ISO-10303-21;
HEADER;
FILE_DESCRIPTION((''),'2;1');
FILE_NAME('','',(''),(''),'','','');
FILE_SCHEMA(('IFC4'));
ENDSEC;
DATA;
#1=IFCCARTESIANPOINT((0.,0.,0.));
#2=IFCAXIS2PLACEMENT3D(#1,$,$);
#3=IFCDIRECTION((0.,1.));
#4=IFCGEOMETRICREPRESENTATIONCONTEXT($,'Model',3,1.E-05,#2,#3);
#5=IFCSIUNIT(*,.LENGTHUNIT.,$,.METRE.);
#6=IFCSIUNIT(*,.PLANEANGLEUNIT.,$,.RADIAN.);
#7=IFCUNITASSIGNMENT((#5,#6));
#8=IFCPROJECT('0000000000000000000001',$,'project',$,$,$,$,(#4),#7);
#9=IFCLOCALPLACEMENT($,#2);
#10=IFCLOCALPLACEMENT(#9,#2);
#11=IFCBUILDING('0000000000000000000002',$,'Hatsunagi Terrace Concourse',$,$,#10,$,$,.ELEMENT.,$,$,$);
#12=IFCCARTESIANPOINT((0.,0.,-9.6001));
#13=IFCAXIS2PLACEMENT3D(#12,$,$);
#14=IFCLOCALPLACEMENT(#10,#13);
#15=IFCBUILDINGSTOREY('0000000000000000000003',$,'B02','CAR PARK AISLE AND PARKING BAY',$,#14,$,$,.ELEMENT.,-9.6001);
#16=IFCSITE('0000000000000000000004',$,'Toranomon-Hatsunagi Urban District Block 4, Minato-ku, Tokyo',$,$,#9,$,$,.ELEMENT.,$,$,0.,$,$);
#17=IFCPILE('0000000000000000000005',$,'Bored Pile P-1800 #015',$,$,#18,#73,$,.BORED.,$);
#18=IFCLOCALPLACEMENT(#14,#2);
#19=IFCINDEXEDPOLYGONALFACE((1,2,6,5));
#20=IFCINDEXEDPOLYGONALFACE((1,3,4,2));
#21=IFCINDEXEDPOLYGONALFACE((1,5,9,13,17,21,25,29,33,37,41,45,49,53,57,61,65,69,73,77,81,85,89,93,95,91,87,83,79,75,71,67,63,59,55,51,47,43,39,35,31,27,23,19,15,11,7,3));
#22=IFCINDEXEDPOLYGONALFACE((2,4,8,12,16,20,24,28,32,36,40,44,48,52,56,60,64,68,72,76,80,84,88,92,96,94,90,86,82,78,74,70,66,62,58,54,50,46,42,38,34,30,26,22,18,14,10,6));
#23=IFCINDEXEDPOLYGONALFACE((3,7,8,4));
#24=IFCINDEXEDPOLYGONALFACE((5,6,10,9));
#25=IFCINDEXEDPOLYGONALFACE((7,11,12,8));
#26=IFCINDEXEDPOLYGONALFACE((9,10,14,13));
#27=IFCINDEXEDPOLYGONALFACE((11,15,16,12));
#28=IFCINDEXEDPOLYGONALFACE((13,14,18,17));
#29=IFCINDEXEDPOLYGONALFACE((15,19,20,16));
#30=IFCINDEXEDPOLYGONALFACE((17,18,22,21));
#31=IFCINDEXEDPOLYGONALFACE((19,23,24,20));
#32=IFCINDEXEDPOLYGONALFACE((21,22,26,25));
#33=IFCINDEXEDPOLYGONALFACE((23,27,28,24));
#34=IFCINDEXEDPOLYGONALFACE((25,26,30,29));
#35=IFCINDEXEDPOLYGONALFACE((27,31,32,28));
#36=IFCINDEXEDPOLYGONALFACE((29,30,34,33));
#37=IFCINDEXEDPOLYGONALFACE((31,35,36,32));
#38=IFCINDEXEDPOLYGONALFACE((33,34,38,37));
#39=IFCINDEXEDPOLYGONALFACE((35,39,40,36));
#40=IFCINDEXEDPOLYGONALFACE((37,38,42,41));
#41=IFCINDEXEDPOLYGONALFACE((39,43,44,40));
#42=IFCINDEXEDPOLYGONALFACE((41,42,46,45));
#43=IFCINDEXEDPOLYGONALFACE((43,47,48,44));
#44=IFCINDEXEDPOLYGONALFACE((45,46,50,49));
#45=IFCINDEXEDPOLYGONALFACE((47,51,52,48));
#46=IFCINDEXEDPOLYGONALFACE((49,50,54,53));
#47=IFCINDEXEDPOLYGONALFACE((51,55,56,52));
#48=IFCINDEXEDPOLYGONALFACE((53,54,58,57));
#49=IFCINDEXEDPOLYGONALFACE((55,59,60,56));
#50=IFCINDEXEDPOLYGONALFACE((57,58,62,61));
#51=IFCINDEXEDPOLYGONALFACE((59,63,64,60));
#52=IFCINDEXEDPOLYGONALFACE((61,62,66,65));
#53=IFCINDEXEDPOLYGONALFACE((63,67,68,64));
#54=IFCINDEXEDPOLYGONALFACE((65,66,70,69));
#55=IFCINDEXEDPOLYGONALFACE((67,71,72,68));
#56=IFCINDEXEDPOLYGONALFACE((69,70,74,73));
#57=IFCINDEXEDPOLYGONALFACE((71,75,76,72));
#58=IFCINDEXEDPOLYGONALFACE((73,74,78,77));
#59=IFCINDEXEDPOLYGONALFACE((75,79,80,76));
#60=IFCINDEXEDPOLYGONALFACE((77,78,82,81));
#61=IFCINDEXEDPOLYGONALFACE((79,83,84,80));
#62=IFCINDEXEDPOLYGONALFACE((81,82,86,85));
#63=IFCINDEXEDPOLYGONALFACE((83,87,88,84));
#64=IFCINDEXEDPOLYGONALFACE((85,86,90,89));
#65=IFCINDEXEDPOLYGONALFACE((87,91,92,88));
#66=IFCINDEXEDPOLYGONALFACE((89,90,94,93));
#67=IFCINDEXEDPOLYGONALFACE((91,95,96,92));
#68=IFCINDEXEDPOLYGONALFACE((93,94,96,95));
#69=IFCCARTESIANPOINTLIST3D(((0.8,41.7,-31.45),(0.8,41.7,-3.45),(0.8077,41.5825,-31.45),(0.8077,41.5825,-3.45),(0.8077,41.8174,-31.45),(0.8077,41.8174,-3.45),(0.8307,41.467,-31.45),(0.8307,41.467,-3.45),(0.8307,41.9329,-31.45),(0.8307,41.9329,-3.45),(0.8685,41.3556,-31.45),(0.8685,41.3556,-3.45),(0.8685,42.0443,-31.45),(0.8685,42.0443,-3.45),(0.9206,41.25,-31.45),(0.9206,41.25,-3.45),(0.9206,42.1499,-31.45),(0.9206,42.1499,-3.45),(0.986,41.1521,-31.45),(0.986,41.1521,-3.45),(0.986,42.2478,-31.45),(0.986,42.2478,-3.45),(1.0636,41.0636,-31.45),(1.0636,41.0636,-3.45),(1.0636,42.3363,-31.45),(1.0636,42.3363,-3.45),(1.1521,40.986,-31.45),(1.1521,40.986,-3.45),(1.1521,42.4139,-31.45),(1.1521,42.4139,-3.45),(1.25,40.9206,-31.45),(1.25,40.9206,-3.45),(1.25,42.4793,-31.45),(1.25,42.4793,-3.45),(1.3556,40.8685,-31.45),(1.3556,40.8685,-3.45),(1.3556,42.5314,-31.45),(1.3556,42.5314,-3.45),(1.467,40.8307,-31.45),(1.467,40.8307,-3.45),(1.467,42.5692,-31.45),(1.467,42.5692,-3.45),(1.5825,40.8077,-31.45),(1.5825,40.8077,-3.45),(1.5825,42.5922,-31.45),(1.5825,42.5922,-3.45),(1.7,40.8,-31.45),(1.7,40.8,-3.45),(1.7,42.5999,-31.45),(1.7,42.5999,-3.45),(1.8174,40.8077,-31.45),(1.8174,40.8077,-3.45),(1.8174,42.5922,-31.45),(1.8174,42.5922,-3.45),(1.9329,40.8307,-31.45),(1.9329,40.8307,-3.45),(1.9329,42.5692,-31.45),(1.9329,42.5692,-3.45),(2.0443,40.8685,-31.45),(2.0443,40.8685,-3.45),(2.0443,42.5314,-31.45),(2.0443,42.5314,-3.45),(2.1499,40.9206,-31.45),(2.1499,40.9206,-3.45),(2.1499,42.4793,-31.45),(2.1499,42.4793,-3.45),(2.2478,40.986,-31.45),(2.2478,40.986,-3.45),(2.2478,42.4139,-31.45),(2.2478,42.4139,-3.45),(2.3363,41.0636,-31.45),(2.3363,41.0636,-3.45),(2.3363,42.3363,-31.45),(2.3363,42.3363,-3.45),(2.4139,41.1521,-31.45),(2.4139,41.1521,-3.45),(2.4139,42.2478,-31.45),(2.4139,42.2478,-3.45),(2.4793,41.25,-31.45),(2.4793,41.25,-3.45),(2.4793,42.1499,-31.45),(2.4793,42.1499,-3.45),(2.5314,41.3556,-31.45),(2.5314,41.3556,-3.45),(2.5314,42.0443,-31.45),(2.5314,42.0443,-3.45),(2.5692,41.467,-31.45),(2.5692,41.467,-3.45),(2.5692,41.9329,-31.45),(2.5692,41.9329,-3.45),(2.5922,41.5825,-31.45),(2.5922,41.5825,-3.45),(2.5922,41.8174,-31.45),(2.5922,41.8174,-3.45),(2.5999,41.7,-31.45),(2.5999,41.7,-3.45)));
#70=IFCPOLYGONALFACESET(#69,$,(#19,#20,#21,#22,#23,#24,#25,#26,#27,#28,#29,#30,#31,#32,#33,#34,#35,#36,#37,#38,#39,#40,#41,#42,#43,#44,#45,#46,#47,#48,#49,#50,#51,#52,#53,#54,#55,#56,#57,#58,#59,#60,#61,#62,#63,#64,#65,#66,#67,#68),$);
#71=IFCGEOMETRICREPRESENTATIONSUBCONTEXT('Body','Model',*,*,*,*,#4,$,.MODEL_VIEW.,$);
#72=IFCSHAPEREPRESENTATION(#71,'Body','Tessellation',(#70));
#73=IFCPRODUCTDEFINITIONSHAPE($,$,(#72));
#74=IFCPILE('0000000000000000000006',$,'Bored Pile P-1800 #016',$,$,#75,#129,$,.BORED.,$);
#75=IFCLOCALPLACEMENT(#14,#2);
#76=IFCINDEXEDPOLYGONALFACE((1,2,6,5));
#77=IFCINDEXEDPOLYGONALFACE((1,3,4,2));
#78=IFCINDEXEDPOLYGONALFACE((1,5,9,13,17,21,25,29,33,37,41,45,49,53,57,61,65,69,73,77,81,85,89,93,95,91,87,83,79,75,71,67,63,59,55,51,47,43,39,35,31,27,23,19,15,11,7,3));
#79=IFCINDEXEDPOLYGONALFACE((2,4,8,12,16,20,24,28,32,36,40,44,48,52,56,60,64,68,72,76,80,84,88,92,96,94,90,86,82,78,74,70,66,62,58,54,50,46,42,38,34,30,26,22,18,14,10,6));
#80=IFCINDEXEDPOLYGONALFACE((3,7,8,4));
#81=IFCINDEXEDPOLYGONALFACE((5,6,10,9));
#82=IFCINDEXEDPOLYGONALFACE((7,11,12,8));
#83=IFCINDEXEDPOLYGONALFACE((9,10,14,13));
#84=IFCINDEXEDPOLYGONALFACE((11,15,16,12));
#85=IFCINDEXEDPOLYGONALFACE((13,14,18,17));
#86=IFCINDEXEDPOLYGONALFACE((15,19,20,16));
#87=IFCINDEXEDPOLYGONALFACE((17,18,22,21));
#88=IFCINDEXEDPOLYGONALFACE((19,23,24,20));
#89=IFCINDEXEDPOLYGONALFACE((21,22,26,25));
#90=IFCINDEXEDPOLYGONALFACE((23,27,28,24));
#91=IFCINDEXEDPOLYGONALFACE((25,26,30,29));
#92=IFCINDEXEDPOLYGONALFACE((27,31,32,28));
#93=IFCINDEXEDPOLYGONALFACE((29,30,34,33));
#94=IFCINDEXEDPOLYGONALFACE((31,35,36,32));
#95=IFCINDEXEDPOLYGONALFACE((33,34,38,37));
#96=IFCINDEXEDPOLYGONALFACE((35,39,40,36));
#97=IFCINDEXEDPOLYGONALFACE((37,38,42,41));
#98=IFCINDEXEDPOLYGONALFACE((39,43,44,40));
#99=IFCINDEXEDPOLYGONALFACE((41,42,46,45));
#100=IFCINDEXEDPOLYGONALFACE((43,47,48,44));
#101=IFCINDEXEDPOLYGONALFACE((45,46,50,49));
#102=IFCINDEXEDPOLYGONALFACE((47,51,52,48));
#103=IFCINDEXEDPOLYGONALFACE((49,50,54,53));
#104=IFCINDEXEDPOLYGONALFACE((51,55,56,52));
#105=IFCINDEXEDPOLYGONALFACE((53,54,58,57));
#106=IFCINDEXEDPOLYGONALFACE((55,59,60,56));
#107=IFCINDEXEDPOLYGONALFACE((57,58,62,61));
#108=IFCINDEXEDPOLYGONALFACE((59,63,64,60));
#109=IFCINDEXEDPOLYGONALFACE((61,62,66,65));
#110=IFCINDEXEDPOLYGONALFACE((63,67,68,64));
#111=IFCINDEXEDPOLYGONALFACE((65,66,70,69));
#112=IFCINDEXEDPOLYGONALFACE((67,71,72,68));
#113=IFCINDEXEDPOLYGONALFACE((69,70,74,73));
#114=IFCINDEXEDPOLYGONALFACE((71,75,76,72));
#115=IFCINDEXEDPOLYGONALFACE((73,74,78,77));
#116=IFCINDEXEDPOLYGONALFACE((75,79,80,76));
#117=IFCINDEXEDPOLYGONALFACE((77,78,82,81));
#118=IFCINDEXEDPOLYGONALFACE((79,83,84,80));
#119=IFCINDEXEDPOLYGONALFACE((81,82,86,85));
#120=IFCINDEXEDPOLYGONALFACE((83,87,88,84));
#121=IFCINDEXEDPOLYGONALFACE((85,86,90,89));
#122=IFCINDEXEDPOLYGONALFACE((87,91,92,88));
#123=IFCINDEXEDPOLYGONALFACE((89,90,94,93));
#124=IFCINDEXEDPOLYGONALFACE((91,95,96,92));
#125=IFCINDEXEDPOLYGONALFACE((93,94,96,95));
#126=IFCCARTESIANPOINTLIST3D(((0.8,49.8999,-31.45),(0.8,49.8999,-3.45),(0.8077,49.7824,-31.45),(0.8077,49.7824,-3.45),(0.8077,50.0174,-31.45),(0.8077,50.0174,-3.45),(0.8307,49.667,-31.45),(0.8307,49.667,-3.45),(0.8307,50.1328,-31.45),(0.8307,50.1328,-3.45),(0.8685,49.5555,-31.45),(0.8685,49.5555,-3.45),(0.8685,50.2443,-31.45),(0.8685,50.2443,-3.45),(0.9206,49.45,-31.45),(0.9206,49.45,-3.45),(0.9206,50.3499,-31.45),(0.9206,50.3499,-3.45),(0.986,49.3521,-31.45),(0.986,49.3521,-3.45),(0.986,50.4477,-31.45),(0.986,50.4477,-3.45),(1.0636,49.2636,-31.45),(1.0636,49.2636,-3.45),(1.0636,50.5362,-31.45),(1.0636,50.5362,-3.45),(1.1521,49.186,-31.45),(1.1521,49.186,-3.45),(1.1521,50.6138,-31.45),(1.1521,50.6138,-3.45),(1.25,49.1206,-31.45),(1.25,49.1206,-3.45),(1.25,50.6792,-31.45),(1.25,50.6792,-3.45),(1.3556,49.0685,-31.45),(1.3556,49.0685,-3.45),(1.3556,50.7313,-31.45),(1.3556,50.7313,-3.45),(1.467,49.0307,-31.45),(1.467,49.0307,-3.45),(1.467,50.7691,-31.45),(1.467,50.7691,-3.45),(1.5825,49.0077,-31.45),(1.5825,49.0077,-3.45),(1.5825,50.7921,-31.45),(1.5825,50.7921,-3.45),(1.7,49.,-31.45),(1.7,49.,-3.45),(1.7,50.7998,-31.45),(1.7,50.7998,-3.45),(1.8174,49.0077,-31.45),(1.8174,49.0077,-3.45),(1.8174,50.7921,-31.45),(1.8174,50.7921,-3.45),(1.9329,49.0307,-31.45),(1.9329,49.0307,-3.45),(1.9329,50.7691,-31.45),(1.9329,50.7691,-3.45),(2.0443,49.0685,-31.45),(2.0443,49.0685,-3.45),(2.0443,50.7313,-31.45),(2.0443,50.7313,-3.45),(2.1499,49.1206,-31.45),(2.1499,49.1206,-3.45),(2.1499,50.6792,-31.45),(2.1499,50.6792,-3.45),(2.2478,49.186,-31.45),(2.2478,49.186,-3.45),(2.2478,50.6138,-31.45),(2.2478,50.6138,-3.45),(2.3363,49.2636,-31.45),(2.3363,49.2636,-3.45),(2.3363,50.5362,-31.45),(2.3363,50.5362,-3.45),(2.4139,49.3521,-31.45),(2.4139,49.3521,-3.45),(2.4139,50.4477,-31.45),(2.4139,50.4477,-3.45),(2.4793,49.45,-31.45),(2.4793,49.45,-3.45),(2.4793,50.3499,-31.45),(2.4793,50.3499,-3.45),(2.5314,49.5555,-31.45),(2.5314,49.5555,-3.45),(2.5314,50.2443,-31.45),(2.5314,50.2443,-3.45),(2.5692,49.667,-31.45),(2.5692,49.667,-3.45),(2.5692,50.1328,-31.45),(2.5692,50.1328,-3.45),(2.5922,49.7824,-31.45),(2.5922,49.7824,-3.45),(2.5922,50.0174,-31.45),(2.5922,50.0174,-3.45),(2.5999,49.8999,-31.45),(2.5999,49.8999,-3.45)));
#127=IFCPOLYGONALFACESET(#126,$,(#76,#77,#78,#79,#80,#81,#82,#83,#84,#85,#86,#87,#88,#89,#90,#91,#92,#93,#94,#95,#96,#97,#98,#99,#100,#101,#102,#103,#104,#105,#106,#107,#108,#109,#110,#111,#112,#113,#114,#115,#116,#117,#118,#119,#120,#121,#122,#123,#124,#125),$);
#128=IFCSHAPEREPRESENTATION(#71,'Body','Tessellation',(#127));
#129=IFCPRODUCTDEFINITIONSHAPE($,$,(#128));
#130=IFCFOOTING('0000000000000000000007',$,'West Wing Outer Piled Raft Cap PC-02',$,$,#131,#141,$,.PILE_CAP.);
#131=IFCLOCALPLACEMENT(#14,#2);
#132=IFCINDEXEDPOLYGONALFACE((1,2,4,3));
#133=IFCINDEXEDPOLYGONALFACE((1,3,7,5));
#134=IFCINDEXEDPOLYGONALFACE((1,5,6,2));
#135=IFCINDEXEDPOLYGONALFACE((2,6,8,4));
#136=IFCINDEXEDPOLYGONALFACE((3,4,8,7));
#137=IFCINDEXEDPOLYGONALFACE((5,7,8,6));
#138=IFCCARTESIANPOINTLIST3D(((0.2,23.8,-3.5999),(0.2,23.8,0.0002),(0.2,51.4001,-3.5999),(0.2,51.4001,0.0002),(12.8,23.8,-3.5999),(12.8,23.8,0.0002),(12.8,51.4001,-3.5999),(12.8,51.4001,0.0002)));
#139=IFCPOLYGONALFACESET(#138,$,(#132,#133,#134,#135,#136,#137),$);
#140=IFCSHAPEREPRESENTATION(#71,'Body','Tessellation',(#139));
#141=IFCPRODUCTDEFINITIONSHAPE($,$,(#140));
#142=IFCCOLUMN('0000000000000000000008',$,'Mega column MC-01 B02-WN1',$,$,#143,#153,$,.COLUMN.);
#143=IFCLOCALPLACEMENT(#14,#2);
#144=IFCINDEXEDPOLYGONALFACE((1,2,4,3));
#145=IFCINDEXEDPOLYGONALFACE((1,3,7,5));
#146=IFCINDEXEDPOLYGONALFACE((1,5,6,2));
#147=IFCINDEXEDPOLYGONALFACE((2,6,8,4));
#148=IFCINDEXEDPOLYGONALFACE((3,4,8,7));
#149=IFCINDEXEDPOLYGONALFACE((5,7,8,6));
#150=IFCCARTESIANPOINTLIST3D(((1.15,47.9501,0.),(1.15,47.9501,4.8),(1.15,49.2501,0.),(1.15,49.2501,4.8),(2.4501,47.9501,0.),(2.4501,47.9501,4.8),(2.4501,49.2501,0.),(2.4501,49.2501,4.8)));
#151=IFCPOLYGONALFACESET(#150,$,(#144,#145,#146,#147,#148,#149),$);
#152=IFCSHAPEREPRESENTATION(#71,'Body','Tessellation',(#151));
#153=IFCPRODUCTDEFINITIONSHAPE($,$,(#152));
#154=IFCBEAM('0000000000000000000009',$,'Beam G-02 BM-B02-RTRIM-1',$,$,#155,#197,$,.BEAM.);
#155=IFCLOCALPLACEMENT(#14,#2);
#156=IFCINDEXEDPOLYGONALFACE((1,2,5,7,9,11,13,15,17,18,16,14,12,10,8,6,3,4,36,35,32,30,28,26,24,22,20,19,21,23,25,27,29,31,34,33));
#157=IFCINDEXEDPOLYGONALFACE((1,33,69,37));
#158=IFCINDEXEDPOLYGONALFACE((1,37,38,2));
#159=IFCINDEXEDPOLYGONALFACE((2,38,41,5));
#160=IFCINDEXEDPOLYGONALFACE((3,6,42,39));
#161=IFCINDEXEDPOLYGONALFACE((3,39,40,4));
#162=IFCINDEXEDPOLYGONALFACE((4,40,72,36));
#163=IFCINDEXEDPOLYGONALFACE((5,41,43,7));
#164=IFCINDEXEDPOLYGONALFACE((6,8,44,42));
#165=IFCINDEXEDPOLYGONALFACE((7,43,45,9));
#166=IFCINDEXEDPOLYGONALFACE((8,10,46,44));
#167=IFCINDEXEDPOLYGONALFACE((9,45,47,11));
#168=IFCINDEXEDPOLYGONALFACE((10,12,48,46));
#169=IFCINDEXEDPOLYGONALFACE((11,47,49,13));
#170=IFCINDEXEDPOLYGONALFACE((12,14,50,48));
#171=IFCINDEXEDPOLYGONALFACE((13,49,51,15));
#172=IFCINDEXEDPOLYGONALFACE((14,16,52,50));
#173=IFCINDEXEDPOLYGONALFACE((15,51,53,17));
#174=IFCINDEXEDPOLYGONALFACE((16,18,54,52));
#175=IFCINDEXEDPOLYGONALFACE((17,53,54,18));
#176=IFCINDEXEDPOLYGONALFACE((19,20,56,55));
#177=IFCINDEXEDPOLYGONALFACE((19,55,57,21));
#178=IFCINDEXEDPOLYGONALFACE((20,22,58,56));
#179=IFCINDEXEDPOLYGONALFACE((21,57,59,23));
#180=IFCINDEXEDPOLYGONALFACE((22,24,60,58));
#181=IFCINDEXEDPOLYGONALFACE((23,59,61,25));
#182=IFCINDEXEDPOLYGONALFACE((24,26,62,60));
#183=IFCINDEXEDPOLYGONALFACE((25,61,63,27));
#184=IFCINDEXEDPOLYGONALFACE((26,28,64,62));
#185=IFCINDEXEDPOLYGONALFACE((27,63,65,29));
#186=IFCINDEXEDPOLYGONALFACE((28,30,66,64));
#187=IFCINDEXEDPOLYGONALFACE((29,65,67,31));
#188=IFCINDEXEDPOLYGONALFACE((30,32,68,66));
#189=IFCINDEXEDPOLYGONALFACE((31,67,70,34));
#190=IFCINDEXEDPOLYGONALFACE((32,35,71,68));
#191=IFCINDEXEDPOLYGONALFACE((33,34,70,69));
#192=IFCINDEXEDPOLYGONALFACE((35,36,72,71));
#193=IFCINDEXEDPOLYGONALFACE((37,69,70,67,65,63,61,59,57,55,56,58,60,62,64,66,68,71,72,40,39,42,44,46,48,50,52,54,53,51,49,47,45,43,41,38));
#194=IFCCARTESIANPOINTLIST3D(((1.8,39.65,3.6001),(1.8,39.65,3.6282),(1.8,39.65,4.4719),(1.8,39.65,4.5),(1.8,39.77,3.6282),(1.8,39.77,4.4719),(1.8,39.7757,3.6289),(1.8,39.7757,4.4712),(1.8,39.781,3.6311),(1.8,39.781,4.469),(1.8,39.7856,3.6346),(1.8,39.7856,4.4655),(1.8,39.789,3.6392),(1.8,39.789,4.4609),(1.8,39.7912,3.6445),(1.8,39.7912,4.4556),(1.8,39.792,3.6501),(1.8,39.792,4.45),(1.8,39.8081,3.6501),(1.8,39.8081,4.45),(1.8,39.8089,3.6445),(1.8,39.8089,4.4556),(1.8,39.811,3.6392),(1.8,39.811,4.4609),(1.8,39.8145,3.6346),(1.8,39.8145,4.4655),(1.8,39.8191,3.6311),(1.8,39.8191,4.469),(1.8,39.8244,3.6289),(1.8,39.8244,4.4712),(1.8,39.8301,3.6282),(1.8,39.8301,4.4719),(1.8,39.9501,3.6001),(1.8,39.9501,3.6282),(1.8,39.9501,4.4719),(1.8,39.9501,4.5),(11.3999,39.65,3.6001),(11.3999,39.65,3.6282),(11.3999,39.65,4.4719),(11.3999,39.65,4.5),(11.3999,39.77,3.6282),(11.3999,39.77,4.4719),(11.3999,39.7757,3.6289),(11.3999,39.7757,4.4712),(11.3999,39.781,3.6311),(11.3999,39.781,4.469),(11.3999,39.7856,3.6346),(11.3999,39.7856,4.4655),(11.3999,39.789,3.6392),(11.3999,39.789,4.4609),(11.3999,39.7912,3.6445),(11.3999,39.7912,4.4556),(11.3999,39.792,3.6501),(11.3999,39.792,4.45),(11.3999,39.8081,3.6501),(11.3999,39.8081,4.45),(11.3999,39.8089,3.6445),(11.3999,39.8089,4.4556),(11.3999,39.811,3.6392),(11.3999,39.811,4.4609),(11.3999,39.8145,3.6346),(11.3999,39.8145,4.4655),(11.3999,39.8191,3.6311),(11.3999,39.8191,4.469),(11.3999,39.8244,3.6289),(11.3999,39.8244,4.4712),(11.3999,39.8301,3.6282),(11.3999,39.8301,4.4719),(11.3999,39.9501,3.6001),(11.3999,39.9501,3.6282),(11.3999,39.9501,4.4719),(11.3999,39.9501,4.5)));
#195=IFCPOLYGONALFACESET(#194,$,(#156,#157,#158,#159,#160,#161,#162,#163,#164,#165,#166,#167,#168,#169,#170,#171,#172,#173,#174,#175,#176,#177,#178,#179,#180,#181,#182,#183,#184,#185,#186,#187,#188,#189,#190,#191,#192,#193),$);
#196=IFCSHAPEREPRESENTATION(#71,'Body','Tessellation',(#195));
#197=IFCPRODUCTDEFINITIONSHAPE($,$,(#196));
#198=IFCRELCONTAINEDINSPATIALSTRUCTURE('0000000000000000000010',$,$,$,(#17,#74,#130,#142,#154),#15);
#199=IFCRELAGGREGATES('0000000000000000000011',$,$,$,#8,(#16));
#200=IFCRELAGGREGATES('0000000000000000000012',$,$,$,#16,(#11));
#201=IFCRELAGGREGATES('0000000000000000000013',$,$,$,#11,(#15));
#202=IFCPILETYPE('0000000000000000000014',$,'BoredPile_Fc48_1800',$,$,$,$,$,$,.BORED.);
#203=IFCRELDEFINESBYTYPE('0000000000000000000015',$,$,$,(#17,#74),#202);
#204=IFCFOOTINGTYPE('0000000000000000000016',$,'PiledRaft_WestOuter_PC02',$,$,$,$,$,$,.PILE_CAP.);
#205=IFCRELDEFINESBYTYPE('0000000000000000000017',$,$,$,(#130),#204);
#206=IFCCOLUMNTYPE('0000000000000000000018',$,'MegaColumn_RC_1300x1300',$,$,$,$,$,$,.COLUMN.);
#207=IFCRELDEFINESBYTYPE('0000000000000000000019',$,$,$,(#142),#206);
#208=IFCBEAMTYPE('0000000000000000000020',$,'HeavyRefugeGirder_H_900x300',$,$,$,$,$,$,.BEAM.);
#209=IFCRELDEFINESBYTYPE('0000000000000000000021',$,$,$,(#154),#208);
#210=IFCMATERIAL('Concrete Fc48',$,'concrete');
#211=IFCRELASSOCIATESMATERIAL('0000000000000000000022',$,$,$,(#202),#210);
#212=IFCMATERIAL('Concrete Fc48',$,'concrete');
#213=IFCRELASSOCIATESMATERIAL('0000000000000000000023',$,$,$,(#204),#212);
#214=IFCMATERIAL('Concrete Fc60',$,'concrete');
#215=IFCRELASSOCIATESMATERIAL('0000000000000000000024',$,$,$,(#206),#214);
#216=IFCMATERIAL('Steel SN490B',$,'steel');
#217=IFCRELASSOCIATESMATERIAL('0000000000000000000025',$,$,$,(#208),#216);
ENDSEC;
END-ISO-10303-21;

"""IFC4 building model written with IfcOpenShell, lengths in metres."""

from ifc_helpers import new_model, si_unit, direction, frame, origin, origin_2d, place, context, subcontext, project, spatial, rectangle, circle, i_section, extrude, material, material_profile, profile_set, type_object, element, save


model = new_model("IFC4")

# Units and contexts
model_context = context("Model", 3, precision=1e-05, world=origin(), true_north=direction((0.0, 1.0)))
body_context = subcontext(model_context, "Body", "Model", "MODEL_VIEW")
ifc_project = project(units=[si_unit("LENGTHUNIT", "METRE"), si_unit("PLANEANGLEUNIT", "RADIAN")], contexts=[model_context])

# Site, building, storey
site_placement = place(None, origin())
site = spatial("IfcSite", under=ifc_project, at=site_placement, Name="Toranomon-Hatsunagi Urban District Block 4, Minato-ku, Tokyo", CompositionType="ELEMENT", RefElevation=0.0)
building_placement = place(site_placement, origin())
building = spatial("IfcBuilding", under=site, at=building_placement, Name="Hatsunagi Terrace Concourse", CompositionType="ELEMENT")
storey_placement = place(building_placement, frame((0.0, 0.0, -9.6001)))
storey = spatial("IfcBuildingStorey", under=building, at=storey_placement, Name="B02", Description="CAR PARK AISLE AND PARKING BAY", CompositionType="ELEMENT", Elevation=-9.6001)

# Piles
ifc_material_1 = material(Name="Concrete Fc48", Category="concrete")
ifc_material_profile_1 = material_profile(ifc_material_1, circle(Radius=0.8999, at=origin_2d()), Name="PILE-1800")
ifc_profile_set_1 = profile_set([ifc_material_profile_1], Name="Concrete Fc48")
pile_type = type_object("IfcPileType", Name="BoredPile_Fc48_1800", PredefinedType="BORED", material=ifc_profile_set_1)
for number, where, z_axis, x_axis, name in (
    (1, (1.7, 41.7, -3.45), (0.0, 0.0, -1.0), (1.0, 0.0, 0.0), "Bored Pile P-1800 #015"),
    (2, (1.7, 49.8999, -3.45), (0.0, 0.0, -1.0), (1.0, 0.0, 0.0), "Bored Pile P-1800 #016"),
):
    element("IfcPile", number, at=place(storey_placement, frame(where, z_axis=z_axis, x_axis=x_axis)), inside=storey, type_object=pile_type, Name=name, PredefinedType="BORED", context=body_context, shape_type="SweptSolid", body=[
        extrude(circle(Radius=0.8999, at=origin_2d()), origin(), (0.0, 0.0, 1.0), 28.0),
    ])

# Footing
ifc_material_2 = material(Name="Concrete Fc48", Category="concrete")
footing_type = type_object("IfcFootingType", Name="PiledRaft_WestOuter_PC02", PredefinedType="PILE_CAP", material=ifc_material_2)
footing_placement = place(storey_placement, frame((6.5, 37.6001, -3.5999), z_axis=(0.0, 0.0, 1.0), x_axis=(1.0, 0.0, 0.0)))
element("IfcFooting", 3, at=footing_placement, inside=storey, type_object=footing_type, Name="West Wing Outer Piled Raft Cap PC-02", PredefinedType="PILE_CAP", context=body_context, shape_type="SweptSolid", body=[
    extrude(rectangle(XDim=12.6001, YDim=27.6001, at=origin_2d()), origin(), (0.0, 0.0, 1.0), 3.6001),
])

# Column
ifc_material_3 = material(Name="Concrete Fc60", Category="concrete")
ifc_material_profile_2 = material_profile(ifc_material_3, rectangle(XDim=1.3, YDim=1.3, at=origin_2d()), Name="RC-1300x1300")
ifc_profile_set_2 = profile_set([ifc_material_profile_2], Name="Concrete Fc60")
column_type = type_object("IfcColumnType", Name="MegaColumn_RC_1300x1300", PredefinedType="COLUMN", material=ifc_profile_set_2)
column_placement = place(storey_placement, frame((1.8, 48.6001, 0.0), z_axis=(0.0, 0.0, 1.0), x_axis=(1.0, 0.0, 0.0)))
element("IfcColumn", 4, at=column_placement, inside=storey, type_object=column_type, Name="Mega column MC-01 B02-WN1", PredefinedType="COLUMN", context=body_context, shape_type="SweptSolid", body=[
    extrude(rectangle(XDim=1.3, YDim=1.3, at=origin_2d()), origin(), (0.0, 0.0, 1.0), 4.8),
])

# Beam
ifc_material_4 = material(Name="Steel SN490B", Category="steel")
ifc_material_profile_3 = material_profile(ifc_material_4, i_section(OverallWidth=0.3, OverallDepth=0.8999, WebThickness=0.0161, FlangeThickness=0.0281, FilletRadius=0.022, at=origin_2d()), Name="H-900x300x16x28")
ifc_profile_set_3 = profile_set([ifc_material_profile_3], Name="Steel SN490B")
beam_type = type_object("IfcBeamType", Name="HeavyRefugeGirder_H_900x300", PredefinedType="BEAM", material=ifc_profile_set_3)
beam_placement = place(storey_placement, frame((1.8, 39.8, 4.05), z_axis=(1.0, 0.0, 0.0), x_axis=(0.0, 1.0, 0.0)))
element("IfcBeam", 5, at=beam_placement, inside=storey, type_object=beam_type, Name="Beam G-02 BM-B02-RTRIM-1", PredefinedType="BEAM", context=body_context, shape_type="SweptSolid", body=[
    extrude(i_section(OverallWidth=0.3, OverallDepth=0.8999, WebThickness=0.0161, FlangeThickness=0.0281, FilletRadius=0.022, at=origin_2d()), origin(), (0.0, 0.0, 1.0), 9.5999),
])

save(model, "model.ifc")
